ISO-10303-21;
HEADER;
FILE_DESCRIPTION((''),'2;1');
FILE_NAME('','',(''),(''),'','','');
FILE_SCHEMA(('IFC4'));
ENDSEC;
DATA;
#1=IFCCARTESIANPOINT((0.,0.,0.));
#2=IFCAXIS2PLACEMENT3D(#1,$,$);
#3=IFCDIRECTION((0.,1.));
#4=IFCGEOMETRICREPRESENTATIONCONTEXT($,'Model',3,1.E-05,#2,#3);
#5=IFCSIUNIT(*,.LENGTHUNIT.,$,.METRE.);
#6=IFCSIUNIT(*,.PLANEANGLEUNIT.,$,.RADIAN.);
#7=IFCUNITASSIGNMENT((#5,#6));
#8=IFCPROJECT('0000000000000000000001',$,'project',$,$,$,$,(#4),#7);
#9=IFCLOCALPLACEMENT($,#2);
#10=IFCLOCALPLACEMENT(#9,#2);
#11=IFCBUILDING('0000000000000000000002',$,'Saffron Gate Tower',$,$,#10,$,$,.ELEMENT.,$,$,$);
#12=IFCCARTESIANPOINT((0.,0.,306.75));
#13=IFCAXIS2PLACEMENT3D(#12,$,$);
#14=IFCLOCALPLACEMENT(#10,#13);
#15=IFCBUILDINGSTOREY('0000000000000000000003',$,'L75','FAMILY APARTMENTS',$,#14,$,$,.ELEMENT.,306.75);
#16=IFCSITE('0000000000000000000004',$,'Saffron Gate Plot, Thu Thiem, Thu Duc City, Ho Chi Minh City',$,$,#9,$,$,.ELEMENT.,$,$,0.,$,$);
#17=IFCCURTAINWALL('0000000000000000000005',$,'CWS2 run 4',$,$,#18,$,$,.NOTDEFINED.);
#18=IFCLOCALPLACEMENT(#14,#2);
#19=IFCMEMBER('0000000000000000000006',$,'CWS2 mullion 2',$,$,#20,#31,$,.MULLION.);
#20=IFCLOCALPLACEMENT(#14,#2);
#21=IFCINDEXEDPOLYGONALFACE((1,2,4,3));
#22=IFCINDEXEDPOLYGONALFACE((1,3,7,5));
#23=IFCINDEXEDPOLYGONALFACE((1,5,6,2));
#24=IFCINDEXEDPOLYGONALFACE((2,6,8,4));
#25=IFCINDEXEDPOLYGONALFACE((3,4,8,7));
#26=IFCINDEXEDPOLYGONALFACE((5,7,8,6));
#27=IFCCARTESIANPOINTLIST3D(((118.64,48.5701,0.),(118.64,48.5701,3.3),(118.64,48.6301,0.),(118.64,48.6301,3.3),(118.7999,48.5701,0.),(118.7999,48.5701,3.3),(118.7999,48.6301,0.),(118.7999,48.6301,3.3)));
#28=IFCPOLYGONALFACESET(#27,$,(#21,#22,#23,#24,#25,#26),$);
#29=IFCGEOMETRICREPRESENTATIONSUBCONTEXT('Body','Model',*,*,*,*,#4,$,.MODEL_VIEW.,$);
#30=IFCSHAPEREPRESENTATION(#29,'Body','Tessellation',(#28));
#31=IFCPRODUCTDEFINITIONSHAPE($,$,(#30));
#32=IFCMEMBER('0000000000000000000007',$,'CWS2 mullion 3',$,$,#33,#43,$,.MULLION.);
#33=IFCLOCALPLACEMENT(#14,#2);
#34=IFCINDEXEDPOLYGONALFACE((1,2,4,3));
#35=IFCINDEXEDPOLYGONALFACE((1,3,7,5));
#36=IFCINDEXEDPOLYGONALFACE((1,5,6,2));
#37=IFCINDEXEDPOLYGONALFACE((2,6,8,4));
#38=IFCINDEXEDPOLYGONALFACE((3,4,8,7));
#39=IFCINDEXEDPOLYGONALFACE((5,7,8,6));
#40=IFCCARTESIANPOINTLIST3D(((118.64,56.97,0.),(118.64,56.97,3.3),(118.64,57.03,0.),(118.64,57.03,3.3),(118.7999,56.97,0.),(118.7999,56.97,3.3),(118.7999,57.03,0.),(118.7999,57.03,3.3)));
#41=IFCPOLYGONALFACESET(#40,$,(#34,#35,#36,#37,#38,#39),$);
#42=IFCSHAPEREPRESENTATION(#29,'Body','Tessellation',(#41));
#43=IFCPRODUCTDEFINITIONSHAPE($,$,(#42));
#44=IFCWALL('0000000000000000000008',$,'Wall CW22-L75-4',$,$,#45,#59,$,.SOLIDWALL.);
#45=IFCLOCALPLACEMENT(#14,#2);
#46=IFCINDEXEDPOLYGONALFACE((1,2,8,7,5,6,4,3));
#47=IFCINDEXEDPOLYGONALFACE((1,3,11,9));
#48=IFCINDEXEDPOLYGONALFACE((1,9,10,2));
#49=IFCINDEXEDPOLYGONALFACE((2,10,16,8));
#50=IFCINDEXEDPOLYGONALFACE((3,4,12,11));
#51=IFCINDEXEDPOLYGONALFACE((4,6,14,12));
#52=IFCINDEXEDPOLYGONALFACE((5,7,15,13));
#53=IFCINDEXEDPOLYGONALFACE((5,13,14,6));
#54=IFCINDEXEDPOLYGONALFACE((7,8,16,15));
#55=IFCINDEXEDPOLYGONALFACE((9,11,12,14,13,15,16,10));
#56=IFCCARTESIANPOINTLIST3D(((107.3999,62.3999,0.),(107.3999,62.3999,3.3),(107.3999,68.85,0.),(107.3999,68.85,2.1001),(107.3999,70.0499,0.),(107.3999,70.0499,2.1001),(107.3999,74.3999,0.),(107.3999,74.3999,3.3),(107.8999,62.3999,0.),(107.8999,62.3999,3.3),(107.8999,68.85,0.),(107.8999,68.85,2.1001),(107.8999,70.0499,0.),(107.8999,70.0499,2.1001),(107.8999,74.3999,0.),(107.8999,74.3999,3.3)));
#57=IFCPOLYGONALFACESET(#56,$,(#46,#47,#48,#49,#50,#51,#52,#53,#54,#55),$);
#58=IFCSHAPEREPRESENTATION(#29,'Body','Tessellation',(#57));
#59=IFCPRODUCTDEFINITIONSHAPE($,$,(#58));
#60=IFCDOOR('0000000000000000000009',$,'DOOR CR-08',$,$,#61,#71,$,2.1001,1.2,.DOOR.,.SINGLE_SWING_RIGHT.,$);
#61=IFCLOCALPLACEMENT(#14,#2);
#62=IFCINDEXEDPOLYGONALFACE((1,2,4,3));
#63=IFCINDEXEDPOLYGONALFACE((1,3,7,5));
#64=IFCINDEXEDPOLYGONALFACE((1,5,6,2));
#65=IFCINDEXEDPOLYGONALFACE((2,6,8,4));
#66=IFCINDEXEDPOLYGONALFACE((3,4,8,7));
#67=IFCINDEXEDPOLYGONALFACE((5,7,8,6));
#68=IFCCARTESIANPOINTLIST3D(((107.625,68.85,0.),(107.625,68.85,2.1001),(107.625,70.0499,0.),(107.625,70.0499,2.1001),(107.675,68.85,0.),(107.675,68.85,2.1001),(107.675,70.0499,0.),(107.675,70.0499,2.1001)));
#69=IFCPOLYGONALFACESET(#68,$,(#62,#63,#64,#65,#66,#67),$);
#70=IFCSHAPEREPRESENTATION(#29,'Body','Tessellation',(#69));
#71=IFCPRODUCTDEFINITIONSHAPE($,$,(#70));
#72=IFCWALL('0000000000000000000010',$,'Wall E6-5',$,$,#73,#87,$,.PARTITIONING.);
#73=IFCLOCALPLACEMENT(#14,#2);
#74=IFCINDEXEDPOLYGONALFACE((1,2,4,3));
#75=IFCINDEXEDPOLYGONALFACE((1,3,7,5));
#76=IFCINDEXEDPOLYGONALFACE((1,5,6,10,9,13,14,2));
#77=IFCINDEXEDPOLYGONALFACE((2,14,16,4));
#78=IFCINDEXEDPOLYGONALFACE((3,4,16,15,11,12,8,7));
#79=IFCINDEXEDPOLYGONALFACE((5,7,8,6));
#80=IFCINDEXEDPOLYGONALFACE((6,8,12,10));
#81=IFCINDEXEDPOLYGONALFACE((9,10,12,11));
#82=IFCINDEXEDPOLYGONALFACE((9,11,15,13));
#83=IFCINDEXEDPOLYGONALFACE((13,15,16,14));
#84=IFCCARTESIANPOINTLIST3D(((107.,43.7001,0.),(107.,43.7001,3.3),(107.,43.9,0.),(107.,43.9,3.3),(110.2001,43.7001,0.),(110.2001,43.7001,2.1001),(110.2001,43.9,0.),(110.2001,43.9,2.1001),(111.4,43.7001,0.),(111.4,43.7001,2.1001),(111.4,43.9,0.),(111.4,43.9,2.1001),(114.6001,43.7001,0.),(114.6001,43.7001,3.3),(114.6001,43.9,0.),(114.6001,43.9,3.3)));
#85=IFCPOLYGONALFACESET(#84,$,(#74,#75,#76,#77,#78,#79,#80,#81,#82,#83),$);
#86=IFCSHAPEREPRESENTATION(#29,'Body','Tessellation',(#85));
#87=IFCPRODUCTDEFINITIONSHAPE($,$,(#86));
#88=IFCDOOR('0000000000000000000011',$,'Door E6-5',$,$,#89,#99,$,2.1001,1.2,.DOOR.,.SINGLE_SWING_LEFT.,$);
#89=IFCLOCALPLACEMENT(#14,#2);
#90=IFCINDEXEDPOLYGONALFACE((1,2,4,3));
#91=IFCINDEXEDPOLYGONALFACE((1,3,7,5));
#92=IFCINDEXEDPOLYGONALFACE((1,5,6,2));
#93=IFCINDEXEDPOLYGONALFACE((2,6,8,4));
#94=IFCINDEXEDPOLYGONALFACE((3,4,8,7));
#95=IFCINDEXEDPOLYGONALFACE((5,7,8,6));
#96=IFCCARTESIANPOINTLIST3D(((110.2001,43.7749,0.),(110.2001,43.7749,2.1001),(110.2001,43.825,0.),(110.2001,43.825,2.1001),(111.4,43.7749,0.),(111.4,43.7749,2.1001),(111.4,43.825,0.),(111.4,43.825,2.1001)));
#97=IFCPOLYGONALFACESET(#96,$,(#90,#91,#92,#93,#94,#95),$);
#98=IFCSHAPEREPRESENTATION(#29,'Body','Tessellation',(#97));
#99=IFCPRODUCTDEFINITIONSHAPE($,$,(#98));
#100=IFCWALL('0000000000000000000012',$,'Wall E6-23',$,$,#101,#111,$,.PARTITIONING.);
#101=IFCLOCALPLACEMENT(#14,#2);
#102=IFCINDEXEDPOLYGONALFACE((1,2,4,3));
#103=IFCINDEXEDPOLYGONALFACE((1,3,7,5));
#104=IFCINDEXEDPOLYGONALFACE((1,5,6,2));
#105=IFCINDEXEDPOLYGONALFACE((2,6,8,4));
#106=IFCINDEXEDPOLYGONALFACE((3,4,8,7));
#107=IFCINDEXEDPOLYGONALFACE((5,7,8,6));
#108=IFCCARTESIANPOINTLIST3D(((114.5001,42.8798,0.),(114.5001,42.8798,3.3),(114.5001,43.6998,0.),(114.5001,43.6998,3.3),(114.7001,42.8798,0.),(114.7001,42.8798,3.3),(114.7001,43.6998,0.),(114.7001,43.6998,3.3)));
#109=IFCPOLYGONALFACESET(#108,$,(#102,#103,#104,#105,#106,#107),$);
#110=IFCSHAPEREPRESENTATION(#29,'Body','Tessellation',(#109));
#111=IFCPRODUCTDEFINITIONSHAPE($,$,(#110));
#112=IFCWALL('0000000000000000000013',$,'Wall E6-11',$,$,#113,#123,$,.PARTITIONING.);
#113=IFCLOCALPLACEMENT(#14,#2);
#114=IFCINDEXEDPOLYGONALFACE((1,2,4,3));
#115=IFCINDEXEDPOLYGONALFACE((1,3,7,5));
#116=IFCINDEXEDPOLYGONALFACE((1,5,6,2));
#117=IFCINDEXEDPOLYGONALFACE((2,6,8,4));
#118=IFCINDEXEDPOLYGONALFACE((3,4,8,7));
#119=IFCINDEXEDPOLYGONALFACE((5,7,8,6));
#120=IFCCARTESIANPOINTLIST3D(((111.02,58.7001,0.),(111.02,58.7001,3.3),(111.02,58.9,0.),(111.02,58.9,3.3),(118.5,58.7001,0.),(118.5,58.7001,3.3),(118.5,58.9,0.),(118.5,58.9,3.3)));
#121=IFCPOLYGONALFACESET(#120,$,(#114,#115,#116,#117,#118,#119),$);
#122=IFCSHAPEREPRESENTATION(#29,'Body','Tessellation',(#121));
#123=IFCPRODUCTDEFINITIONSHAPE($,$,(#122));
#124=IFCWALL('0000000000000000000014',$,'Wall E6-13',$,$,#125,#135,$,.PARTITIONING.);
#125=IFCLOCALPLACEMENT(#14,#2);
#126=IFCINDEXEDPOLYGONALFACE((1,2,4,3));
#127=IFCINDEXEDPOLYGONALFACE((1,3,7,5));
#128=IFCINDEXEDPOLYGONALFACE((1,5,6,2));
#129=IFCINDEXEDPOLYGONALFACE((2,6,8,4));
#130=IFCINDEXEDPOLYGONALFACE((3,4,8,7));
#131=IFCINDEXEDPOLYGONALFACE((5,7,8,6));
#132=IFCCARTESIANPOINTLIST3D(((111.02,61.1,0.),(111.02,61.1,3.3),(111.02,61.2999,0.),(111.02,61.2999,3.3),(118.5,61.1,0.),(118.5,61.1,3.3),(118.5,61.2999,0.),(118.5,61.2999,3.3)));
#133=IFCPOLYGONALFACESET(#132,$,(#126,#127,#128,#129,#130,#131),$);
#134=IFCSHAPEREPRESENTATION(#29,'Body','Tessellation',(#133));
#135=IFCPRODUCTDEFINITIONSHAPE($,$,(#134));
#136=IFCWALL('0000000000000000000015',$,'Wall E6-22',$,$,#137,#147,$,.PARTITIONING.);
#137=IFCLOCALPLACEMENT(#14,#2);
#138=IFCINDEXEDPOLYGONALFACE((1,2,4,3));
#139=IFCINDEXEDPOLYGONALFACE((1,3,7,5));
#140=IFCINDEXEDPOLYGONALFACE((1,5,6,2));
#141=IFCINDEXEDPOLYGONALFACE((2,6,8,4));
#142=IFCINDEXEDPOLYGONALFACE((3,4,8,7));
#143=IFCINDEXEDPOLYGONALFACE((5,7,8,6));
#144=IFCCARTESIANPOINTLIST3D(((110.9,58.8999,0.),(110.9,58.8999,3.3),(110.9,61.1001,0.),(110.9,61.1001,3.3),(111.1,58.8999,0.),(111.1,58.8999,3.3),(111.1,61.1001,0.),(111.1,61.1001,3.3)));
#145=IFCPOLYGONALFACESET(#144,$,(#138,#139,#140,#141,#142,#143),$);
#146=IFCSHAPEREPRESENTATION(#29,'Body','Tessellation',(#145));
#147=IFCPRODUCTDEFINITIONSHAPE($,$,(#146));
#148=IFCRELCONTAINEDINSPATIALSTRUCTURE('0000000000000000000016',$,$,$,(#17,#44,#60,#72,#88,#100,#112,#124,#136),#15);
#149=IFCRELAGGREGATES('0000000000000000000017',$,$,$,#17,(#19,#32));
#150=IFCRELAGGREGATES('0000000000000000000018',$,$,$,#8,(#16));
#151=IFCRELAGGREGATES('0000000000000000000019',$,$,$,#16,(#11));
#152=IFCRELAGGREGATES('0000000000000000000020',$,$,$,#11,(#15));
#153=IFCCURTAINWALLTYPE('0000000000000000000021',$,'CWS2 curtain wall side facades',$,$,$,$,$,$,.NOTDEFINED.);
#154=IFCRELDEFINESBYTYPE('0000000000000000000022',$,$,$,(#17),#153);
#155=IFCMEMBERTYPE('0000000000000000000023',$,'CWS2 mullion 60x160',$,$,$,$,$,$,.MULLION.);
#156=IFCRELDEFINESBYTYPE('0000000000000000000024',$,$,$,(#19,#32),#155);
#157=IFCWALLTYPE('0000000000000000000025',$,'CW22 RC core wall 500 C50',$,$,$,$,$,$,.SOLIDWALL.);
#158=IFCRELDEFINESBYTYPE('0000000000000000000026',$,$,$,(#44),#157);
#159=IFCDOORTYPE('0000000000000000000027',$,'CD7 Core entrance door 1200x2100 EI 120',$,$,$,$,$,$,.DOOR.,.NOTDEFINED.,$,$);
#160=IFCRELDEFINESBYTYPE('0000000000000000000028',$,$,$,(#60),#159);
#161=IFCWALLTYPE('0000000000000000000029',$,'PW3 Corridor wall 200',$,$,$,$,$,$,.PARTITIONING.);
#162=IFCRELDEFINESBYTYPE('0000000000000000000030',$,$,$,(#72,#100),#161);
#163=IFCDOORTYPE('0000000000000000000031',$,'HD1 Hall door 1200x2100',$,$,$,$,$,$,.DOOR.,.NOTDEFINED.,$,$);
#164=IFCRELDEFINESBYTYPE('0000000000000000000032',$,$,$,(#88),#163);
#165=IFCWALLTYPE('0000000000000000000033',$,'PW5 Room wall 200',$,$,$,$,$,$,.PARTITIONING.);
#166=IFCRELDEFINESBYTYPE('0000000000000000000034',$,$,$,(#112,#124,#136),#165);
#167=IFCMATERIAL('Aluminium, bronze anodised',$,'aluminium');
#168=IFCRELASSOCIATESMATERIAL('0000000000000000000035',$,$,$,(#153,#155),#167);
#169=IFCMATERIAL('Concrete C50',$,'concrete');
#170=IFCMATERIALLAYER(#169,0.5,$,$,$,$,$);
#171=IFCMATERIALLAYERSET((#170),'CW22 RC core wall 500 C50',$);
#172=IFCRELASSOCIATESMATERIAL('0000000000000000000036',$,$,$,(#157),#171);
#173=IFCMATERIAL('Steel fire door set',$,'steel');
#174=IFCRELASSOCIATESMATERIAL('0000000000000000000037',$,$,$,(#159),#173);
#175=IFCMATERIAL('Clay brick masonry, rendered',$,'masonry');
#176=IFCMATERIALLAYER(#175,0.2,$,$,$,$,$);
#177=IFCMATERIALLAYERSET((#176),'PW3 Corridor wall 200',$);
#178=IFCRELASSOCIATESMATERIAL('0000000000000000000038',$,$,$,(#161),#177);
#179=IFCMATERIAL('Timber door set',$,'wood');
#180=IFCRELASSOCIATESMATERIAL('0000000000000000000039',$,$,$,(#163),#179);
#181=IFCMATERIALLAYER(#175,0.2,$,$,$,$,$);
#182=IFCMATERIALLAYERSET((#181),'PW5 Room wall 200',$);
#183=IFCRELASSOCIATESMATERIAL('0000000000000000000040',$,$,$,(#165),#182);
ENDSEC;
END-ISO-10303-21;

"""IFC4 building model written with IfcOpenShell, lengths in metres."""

from ifc_helpers import new_model, si_unit, direction, frame, frame_2d, origin, origin_2d, place, context, subcontext, project, spatial, rectangle, extrude, material, layer, layer_set, material_profile, profile_set, type_object, element, fill, aggregate, save


model = new_model("IFC4")

# Units and contexts
model_context = context("Model", 3, precision=1e-05, world=origin(), true_north=direction((0.0, 1.0)))
body_context = subcontext(model_context, "Body", "Model", "MODEL_VIEW")
ifc_project = project(units=[si_unit("LENGTHUNIT", "METRE"), si_unit("PLANEANGLEUNIT", "RADIAN")], contexts=[model_context])

# Site, building, storey
site_placement = place(None, origin())
site = spatial("IfcSite", under=ifc_project, at=site_placement, Name="Saffron Gate Plot, Thu Thiem, Thu Duc City, Ho Chi Minh City", CompositionType="ELEMENT", RefElevation=0.0)
building_placement = place(site_placement, origin())
building = spatial("IfcBuilding", under=site, at=building_placement, Name="Saffron Gate Tower", CompositionType="ELEMENT")
storey_placement = place(building_placement, frame((0.0, 0.0, 306.75)))
storey = spatial("IfcBuildingStorey", under=building, at=storey_placement, Name="L75", Description="FAMILY APARTMENTS", CompositionType="ELEMENT", Elevation=306.75)

# Curtain wall, members
ifc_material_1 = material(Name="Aluminium, bronze anodised", Category="aluminium")
curtain_wall_type = type_object("IfcCurtainWallType", Name="CWS2 curtain wall side facades", PredefinedType="NOTDEFINED", material=ifc_material_1)
curtain_wall_placement = place(storey_placement, origin())
curtain_wall = element("IfcCurtainWall", 1, at=curtain_wall_placement, inside=storey, type_object=curtain_wall_type, Name="CWS2 run 4", PredefinedType="NOTDEFINED")
ifc_material_profile_1 = material_profile(ifc_material_1, rectangle(XDim=0.1599, YDim=0.0601, at=origin_2d()))
ifc_profile_set_1 = profile_set([ifc_material_profile_1], Name="Aluminium, bronze anodised")
member_type = type_object("IfcMemberType", Name="CWS2 mullion 60x160", PredefinedType="MULLION", material=ifc_profile_set_1)
member_1_placement = place(storey_placement, frame((118.72, 48.6001, 0.0), z_axis=(0.0, 0.0, 1.0), x_axis=(-1.0, 0.0, 0.0)))
member_1 = element("IfcMember", 2, at=member_1_placement, type_object=member_type, Name="CWS2 mullion 2", PredefinedType="MULLION", context=body_context, shape_type="SweptSolid", body=[
    extrude(rectangle(XDim=0.1599, YDim=0.0601, at=origin_2d()), origin(), (0.0, 0.0, 1.0), 3.3),
])
member_2_placement = place(storey_placement, frame((118.72, 57.0, 0.0), z_axis=(0.0, 0.0, 1.0), x_axis=(-1.0, 0.0, 0.0)))
member_2 = element("IfcMember", 3, at=member_2_placement, type_object=member_type, Name="CWS2 mullion 3", PredefinedType="MULLION", context=body_context, shape_type="SweptSolid", body=[
    extrude(rectangle(XDim=0.1599, YDim=0.0601, at=origin_2d()), origin(), (0.0, 0.0, 1.0), 3.3),
])
aggregate(curtain_wall, [member_1, member_2])

# Walls, openings, doors
ifc_material_2 = material(Name="Concrete C50", Category="concrete")
ifc_layer_1 = layer(ifc_material_2, 0.5)
ifc_layer_set_1 = layer_set([ifc_layer_1], Name="CW22 RC core wall 500 C50")
wall_type_1 = type_object("IfcWallType", Name="CW22 RC core wall 500 C50", PredefinedType="SOLIDWALL", material=ifc_layer_set_1)
wall_1_placement = place(storey_placement, frame((107.6499, 62.3999, 0.0), z_axis=(0.0, 0.0, 1.0), x_axis=(0.0, 1.0, 0.0)))
wall_1 = element("IfcWall", 4, at=wall_1_placement, inside=storey, type_object=wall_type_1, Name="Wall CW22-L75-4", PredefinedType="SOLIDWALL", context=body_context, shape_type="SweptSolid", body=[
    extrude(rectangle(XDim=12.0, YDim=0.5, at=frame_2d((6.0, 0.0))), origin(), (0.0, 0.0, 1.0), 3.3),
])
opening_1_placement = place(wall_1_placement, frame((6.45, 0.0, 0.0)))
opening_1 = element("IfcOpeningElement", 5, at=opening_1_placement, cuts=wall_1, PredefinedType="OPENING", context=body_context, shape_type="SweptSolid", body=[
    extrude(rectangle(XDim=1.2, YDim=2.1001, at=frame_2d((0.6001, 1.05))), frame((0.0, 0.26, 0.0), z_axis=(0.0, -1.0, 0.0), x_axis=(1.0, 0.0, 0.0)), (0.0, 0.0, 1.0), 0.52),
])
ifc_material_3 = material(Name="Steel fire door set", Category="steel")
door_type_1 = type_object("IfcDoorType", Name="CD7 Core entrance door 1200x2100 EI 120", OperationType="NOTDEFINED", PredefinedType="DOOR", material=ifc_material_3)
door_1_placement = place(opening_1_placement, origin())
door_1 = element("IfcDoor", 6, at=door_1_placement, inside=storey, type_object=door_type_1, Name="DOOR CR-08", OperationType="SINGLE_SWING_RIGHT", OverallHeight=2.1001, OverallWidth=1.2, PredefinedType="DOOR", context=body_context, shape_type="SweptSolid", body=[
    extrude(rectangle(XDim=1.2, YDim=2.1001, at=frame_2d((0.6001, 1.05))), frame((0.0, 0.0249, 0.0), z_axis=(0.0, -1.0, 0.0), x_axis=(1.0, 0.0, 0.0)), (0.0, 0.0, 1.0), 0.05),
])
fill(opening_1, door_1)
ifc_material_4 = material(Name="Clay brick masonry, rendered", Category="masonry")
ifc_layer_2 = layer(ifc_material_4, 0.2)
ifc_layer_set_2 = layer_set([ifc_layer_2], Name="PW3 Corridor wall 200")
wall_type_2 = type_object("IfcWallType", Name="PW3 Corridor wall 200", PredefinedType="PARTITIONING", material=ifc_layer_set_2)
wall_2_placement = place(storey_placement, frame((107.0, 43.8, 0.0), z_axis=(0.0, 0.0, 1.0), x_axis=(1.0, 0.0, 0.0)))
wall_2 = element("IfcWall", 7, at=wall_2_placement, inside=storey, type_object=wall_type_2, Name="Wall E6-5", PredefinedType="PARTITIONING", context=body_context, shape_type="SweptSolid", body=[
    extrude(rectangle(XDim=7.6001, YDim=0.2, at=frame_2d((3.8, 0.0))), origin(), (0.0, 0.0, 1.0), 3.3),
])
opening_2_placement = place(wall_2_placement, frame((3.2, 0.0, 0.0)))
opening_2 = element("IfcOpeningElement", 8, at=opening_2_placement, cuts=wall_2, PredefinedType="OPENING", context=body_context, shape_type="SweptSolid", body=[
    extrude(rectangle(XDim=1.2, YDim=2.1001, at=frame_2d((0.6001, 1.05))), frame((0.0, 0.1099, 0.0), z_axis=(0.0, -1.0, 0.0), x_axis=(1.0, 0.0, 0.0)), (0.0, 0.0, 1.0), 0.22),
])
ifc_material_5 = material(Name="Timber door set", Category="wood")
door_type_2 = type_object("IfcDoorType", Name="HD1 Hall door 1200x2100", OperationType="NOTDEFINED", PredefinedType="DOOR", material=ifc_material_5)
door_2_placement = place(opening_2_placement, origin())
door_2 = element("IfcDoor", 9, at=door_2_placement, inside=storey, type_object=door_type_2, Name="Door E6-5", OperationType="SINGLE_SWING_LEFT", OverallHeight=2.1001, OverallWidth=1.2, PredefinedType="DOOR", context=body_context, shape_type="SweptSolid", body=[
    extrude(rectangle(XDim=1.2, YDim=2.1001, at=frame_2d((0.6001, 1.05))), frame((0.0, 0.0249, 0.0), z_axis=(0.0, -1.0, 0.0), x_axis=(1.0, 0.0, 0.0)), (0.0, 0.0, 1.0), 0.05),
])
fill(opening_2, door_2)

# Walls
wall_3_placement = place(storey_placement, frame((114.6001, 43.7, 0.0), z_axis=(0.0, 0.0, 1.0), x_axis=(0.0, -1.0, 0.0)))
element("IfcWall", 10, at=wall_3_placement, inside=storey, type_object=wall_type_2, Name="Wall E6-23", PredefinedType="PARTITIONING", context=body_context, shape_type="SweptSolid", body=[
    extrude(rectangle(XDim=0.8201, YDim=0.2, at=frame_2d((0.4102, 0.0))), origin(), (0.0, 0.0, 1.0), 3.3),
])
ifc_layer_3 = layer(ifc_material_4, 0.2)
ifc_layer_set_3 = layer_set([ifc_layer_3], Name="PW5 Room wall 200")
wall_type_3 = type_object("IfcWallType", Name="PW5 Room wall 200", PredefinedType="PARTITIONING", material=ifc_layer_set_3)
for number, where, z_axis, x_axis, name in (
    (11, (111.02, 58.8, 0.0), (0.0, 0.0, 1.0), (1.0, 0.0, 0.0), "Wall E6-11"),
    (12, (111.02, 61.2, 0.0), (0.0, 0.0, 1.0), (1.0, 0.0, 0.0), "Wall E6-13"),
):
    element("IfcWall", number, at=place(storey_placement, frame(where, z_axis=z_axis, x_axis=x_axis)), inside=storey, type_object=wall_type_3, Name=name, PredefinedType="PARTITIONING", context=body_context, shape_type="SweptSolid", body=[
        extrude(rectangle(XDim=7.48, YDim=0.2, at=frame_2d((3.74, 0.0))), origin(), (0.0, 0.0, 1.0), 3.3),
    ])
wall_4_placement = place(storey_placement, frame((111.0, 61.1001, 0.0), z_axis=(0.0, 0.0, 1.0), x_axis=(0.0, -1.0, 0.0)))
element("IfcWall", 13, at=wall_4_placement, inside=storey, type_object=wall_type_3, Name="Wall E6-22", PredefinedType="PARTITIONING", context=body_context, shape_type="SweptSolid", body=[
    extrude(rectangle(XDim=2.2002, YDim=0.2, at=frame_2d((1.1001, 0.0))), origin(), (0.0, 0.0, 1.0), 3.3),
])

save(model, "model.ifc")
